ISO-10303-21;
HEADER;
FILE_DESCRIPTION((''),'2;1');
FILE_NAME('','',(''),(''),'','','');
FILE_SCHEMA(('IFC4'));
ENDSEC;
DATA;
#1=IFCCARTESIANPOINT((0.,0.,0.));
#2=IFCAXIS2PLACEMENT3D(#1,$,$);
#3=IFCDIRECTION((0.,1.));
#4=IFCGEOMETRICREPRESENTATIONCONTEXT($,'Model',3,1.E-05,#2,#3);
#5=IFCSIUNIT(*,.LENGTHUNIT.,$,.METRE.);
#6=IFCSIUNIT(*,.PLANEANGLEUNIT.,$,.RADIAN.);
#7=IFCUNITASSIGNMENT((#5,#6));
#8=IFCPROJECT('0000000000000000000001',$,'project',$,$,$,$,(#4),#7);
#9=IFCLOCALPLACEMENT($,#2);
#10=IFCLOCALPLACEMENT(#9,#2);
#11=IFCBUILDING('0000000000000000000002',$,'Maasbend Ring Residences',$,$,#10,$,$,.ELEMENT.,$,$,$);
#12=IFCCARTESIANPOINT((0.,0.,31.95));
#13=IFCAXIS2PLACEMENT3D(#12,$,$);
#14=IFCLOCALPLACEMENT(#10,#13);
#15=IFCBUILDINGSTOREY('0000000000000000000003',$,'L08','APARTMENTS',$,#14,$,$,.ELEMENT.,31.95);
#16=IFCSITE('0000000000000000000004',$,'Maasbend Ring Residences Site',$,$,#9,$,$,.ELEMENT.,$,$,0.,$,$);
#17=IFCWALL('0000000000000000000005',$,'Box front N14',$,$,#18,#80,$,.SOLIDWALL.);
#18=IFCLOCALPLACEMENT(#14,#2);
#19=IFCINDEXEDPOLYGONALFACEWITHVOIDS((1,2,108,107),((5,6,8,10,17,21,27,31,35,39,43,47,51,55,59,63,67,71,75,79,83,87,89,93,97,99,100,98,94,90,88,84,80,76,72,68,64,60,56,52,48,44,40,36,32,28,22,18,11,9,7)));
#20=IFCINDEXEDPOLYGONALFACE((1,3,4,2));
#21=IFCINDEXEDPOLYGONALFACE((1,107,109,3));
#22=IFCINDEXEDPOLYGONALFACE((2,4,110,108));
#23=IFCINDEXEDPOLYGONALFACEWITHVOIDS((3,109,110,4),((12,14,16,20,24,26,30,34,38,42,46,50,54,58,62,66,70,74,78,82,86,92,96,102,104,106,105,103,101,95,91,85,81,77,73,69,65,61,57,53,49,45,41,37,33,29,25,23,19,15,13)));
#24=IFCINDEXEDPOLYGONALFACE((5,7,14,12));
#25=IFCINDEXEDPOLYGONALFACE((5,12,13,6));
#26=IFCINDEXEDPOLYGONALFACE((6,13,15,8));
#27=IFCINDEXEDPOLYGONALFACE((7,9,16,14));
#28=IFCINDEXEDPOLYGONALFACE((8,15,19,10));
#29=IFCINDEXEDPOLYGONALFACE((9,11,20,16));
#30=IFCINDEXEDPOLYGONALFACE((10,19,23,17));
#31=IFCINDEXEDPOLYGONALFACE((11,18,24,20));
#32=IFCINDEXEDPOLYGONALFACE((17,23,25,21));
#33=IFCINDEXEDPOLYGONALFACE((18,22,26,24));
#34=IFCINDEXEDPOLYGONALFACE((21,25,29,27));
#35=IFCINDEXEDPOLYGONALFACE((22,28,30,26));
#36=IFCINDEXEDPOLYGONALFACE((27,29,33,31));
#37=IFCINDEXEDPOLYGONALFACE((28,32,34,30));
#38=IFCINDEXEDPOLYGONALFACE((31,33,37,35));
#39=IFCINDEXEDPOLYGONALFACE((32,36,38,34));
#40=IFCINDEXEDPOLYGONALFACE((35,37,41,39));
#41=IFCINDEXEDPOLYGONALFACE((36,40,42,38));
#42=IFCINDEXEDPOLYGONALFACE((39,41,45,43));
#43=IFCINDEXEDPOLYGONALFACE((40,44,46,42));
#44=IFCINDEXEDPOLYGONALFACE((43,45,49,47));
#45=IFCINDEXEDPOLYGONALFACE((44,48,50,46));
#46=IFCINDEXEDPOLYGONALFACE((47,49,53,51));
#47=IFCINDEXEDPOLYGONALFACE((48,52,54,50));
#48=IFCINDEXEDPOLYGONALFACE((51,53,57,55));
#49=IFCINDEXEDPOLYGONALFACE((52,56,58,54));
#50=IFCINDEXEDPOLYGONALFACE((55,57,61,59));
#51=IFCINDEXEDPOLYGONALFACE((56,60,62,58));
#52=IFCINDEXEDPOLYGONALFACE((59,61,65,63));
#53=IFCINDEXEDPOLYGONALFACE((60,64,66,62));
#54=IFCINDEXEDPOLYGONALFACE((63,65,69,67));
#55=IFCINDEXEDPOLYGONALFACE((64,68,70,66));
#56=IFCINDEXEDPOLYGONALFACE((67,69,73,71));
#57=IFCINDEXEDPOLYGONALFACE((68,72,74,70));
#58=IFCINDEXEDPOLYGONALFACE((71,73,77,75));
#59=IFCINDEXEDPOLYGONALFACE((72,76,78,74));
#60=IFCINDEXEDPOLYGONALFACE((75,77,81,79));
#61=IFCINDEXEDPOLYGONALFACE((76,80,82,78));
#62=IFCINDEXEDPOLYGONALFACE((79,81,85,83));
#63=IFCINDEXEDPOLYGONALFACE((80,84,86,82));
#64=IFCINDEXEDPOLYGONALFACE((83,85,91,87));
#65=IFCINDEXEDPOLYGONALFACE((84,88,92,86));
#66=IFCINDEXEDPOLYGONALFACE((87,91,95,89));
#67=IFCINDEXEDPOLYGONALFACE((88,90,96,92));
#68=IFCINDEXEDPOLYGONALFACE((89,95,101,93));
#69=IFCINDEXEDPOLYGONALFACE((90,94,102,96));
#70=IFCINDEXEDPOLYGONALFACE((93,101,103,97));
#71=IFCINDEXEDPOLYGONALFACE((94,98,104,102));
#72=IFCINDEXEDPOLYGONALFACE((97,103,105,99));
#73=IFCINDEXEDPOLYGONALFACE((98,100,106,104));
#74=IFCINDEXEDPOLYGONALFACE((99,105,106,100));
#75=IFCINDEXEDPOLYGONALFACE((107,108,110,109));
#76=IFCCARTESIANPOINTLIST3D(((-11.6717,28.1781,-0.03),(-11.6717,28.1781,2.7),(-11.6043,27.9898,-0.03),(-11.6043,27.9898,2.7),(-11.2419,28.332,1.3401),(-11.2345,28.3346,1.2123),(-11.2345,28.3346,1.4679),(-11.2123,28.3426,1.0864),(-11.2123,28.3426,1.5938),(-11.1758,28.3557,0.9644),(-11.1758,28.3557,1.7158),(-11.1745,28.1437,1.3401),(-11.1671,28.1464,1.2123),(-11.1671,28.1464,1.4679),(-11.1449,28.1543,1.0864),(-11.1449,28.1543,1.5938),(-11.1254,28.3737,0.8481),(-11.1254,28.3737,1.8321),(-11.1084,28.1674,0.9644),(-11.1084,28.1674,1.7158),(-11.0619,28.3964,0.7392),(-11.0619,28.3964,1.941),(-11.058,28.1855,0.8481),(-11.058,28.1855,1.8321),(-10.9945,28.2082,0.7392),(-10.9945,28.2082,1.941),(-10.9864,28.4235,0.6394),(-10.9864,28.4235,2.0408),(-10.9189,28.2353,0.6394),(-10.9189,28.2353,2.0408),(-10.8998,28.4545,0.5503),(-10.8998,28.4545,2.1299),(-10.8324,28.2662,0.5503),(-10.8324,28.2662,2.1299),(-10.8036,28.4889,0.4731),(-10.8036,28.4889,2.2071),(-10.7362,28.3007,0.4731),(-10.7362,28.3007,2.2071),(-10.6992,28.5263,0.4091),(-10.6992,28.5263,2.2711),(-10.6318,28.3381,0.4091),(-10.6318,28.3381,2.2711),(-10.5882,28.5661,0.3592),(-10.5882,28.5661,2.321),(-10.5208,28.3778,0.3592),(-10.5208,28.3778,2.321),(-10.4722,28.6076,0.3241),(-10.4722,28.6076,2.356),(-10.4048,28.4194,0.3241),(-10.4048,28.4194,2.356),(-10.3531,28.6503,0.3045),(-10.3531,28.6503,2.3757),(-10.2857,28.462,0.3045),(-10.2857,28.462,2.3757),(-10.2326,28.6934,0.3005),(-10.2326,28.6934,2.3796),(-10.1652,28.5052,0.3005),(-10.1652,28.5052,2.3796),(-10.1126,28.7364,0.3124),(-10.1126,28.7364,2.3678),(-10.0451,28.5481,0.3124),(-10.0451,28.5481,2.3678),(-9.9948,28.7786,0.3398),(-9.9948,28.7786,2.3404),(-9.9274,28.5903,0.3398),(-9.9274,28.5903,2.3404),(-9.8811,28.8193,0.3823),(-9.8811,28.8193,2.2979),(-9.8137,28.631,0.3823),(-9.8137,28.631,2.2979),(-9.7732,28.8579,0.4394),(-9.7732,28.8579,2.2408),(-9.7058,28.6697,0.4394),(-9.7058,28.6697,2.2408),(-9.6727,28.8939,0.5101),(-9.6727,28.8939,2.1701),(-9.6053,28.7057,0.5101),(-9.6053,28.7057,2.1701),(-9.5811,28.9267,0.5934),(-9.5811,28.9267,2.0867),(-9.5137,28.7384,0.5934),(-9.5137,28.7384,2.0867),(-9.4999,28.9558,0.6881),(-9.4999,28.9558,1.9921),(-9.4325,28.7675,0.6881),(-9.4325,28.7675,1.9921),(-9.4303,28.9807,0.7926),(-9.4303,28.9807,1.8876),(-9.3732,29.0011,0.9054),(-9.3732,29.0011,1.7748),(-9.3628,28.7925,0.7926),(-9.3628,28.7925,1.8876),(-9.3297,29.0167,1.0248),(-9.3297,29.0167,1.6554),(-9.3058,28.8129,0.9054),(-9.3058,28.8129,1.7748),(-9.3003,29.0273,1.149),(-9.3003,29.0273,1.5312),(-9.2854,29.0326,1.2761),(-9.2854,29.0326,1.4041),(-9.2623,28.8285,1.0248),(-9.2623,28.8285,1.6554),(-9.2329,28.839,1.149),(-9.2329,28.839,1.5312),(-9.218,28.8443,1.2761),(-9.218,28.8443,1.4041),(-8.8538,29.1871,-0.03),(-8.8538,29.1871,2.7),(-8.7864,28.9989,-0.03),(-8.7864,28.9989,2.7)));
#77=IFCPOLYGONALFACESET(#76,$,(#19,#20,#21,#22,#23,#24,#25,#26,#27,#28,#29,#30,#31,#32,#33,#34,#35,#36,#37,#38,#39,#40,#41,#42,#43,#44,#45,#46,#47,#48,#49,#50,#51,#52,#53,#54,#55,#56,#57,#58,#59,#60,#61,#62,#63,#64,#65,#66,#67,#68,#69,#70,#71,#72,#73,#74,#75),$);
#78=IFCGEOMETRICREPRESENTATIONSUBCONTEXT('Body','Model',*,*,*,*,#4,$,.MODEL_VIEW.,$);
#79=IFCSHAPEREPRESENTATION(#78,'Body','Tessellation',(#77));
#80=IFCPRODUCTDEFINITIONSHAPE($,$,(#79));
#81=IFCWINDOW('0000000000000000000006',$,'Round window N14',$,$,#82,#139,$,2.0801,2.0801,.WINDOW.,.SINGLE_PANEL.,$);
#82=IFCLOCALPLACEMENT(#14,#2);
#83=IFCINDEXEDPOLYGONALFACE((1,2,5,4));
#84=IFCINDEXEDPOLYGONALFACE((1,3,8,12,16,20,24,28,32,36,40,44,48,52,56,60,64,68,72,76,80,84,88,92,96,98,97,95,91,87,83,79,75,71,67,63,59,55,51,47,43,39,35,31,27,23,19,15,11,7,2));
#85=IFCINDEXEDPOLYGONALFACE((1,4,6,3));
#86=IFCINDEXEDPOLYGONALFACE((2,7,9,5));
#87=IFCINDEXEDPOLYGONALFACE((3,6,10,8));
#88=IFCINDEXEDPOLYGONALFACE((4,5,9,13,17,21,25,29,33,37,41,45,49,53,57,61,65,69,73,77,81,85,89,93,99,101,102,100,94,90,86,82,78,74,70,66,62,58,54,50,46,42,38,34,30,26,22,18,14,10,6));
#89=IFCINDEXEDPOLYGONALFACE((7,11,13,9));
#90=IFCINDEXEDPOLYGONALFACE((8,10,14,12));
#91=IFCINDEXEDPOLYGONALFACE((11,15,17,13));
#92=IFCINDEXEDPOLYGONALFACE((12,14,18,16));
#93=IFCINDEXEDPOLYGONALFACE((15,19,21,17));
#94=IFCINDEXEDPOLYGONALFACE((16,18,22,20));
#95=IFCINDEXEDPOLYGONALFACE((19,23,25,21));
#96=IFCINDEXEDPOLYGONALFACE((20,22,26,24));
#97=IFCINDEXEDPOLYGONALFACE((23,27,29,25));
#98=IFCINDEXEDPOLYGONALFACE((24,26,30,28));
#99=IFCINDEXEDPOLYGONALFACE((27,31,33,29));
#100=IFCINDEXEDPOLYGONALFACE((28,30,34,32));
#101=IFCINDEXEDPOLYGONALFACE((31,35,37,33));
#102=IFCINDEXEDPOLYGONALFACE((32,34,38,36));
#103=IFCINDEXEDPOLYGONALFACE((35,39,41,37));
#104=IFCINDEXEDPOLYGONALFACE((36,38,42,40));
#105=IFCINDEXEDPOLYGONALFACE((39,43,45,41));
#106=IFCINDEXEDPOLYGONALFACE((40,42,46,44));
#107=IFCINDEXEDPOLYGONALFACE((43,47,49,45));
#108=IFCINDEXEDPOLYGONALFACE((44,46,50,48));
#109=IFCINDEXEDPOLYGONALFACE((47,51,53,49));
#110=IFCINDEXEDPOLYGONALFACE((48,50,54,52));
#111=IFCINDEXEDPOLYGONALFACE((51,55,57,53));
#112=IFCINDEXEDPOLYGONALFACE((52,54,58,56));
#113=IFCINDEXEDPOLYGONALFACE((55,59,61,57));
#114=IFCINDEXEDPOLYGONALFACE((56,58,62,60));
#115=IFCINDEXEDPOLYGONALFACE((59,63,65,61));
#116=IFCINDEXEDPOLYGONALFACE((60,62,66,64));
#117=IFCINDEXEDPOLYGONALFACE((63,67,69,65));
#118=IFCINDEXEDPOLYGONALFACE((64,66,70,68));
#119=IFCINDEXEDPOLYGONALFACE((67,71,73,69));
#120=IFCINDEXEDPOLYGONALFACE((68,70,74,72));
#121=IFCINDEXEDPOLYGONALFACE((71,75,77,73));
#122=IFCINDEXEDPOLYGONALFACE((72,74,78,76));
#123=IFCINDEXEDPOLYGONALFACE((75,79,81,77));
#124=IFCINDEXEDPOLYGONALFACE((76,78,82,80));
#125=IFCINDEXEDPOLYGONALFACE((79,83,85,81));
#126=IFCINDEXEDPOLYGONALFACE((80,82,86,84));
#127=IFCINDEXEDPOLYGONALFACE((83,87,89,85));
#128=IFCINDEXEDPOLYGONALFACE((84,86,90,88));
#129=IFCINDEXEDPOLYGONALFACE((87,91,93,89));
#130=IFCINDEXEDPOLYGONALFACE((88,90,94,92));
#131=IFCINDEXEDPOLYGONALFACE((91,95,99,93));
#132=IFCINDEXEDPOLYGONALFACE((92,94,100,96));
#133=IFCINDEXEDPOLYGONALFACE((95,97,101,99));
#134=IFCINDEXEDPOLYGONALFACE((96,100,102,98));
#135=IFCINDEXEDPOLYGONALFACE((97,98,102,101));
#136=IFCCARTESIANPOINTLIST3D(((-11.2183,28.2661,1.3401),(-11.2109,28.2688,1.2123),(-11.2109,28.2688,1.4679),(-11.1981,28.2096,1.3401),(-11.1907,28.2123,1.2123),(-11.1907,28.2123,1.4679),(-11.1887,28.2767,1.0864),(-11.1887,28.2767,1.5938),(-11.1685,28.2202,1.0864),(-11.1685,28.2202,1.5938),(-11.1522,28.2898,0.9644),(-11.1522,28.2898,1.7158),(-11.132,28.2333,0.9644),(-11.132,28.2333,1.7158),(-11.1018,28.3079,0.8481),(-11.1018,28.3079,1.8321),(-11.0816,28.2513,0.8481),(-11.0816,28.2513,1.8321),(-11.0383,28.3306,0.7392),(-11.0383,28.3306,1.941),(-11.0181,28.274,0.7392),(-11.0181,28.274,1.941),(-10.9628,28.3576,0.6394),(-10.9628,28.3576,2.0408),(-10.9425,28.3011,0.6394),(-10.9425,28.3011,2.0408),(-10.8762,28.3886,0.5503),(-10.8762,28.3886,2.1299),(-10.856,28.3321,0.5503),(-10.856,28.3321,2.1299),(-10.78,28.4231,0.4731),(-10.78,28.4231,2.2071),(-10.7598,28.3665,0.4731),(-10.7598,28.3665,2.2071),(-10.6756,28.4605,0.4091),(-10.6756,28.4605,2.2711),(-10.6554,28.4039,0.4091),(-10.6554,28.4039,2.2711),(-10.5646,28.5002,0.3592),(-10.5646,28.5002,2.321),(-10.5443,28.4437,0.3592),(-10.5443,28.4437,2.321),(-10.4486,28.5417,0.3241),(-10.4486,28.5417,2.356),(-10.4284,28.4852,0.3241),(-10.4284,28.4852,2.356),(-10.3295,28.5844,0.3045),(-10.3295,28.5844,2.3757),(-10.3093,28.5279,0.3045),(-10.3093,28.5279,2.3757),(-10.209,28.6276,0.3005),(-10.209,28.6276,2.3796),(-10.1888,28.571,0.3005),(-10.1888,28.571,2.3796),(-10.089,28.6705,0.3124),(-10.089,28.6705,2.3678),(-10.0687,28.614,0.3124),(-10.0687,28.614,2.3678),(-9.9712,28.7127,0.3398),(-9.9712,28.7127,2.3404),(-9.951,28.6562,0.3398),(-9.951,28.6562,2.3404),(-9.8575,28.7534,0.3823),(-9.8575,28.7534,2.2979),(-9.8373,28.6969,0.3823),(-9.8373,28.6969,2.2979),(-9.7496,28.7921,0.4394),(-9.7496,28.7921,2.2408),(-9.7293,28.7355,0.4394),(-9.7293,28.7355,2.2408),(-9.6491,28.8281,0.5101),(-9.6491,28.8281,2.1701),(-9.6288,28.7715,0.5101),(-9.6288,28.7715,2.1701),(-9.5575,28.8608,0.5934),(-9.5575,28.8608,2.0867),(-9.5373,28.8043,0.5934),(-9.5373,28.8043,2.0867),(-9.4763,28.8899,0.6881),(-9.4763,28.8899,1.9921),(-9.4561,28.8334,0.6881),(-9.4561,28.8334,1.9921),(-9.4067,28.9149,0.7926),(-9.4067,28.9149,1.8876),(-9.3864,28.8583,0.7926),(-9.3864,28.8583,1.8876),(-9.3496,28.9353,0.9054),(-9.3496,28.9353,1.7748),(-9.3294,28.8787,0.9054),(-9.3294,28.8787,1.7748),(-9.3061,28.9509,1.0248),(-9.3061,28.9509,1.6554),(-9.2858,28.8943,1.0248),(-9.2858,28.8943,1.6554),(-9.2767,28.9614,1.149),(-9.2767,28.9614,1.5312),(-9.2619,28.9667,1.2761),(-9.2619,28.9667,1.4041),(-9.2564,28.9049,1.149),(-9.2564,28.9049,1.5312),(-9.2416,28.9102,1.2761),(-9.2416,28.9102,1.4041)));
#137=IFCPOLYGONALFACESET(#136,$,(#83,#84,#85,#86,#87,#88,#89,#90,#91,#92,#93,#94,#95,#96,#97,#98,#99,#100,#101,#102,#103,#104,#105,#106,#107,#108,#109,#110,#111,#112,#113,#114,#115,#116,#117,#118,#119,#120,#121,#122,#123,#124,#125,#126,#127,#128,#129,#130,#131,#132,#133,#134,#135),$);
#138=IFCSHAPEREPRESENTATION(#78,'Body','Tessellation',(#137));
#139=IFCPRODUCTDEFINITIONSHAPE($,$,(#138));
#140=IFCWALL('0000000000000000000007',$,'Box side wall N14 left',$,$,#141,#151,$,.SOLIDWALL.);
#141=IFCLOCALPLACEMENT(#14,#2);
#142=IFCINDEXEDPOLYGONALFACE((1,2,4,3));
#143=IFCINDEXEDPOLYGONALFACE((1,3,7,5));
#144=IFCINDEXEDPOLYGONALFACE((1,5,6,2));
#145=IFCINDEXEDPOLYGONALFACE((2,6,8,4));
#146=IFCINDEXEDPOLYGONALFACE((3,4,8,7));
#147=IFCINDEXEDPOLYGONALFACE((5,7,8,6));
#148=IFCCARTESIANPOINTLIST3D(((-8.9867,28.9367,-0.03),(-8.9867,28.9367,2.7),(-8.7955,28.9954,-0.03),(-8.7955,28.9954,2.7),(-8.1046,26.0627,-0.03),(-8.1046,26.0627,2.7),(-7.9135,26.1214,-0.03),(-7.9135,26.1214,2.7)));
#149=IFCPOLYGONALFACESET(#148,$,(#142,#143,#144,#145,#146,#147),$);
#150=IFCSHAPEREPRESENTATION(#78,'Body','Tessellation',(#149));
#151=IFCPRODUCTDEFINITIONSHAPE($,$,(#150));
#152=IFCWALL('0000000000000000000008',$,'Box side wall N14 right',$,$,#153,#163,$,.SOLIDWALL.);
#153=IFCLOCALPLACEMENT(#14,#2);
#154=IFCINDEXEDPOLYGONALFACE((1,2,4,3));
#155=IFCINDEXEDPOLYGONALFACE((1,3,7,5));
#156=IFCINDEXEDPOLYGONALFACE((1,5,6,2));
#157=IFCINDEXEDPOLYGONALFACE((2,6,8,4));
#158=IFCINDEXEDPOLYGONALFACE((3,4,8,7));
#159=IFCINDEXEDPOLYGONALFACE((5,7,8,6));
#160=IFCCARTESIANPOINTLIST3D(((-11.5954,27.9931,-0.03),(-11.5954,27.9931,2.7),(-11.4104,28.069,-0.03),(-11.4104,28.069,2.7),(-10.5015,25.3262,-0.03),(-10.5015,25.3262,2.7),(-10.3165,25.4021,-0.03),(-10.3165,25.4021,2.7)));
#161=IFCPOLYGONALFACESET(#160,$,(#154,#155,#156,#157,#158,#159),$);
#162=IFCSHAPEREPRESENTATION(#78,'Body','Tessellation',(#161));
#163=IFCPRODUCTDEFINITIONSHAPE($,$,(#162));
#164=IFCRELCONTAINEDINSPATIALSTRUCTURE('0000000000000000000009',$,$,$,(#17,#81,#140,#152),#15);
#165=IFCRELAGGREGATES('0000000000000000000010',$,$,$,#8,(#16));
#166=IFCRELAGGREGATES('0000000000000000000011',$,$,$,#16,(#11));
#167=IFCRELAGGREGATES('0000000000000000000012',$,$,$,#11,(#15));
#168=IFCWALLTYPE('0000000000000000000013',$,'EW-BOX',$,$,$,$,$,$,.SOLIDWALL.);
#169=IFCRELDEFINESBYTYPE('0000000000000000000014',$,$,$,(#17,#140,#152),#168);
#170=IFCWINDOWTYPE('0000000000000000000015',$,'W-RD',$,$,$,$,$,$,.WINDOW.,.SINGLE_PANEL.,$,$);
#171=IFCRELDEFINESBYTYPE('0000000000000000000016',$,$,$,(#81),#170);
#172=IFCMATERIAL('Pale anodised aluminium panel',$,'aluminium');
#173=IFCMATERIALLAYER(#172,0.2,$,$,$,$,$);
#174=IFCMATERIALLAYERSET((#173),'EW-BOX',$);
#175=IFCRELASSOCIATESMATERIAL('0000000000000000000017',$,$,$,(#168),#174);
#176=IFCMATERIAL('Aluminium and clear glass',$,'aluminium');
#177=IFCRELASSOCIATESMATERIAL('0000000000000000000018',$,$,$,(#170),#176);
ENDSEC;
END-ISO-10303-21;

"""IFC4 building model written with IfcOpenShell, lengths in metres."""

from ifc_helpers import new_model, si_unit, direction, frame, frame_2d, origin, place, context, subcontext, project, spatial, rectangle, circle, extrude, material, layer, layer_set, type_object, element, fill, save


model = new_model("IFC4")

# Units and contexts
model_context = context("Model", 3, precision=1e-05, world=origin(), true_north=direction((0.0, 1.0)))
body_context = subcontext(model_context, "Body", "Model", "MODEL_VIEW")
ifc_project = project(units=[si_unit("LENGTHUNIT", "METRE"), si_unit("PLANEANGLEUNIT", "RADIAN")], contexts=[model_context])

# Site, building, storey
site_placement = place(None, origin())
site = spatial("IfcSite", under=ifc_project, at=site_placement, Name="Maasbend Ring Residences Site", CompositionType="ELEMENT", RefElevation=0.0)
building_placement = place(site_placement, origin())
building = spatial("IfcBuilding", under=site, at=building_placement, Name="Maasbend Ring Residences", CompositionType="ELEMENT")
storey_placement = place(building_placement, frame((0.0, 0.0, 31.95)))
storey = spatial("IfcBuildingStorey", under=building, at=storey_placement, Name="L08", Description="APARTMENTS", CompositionType="ELEMENT", Elevation=31.95)

# Shared definitions
ifc_material_1 = material(Name="Pale anodised aluminium panel", Category="aluminium")
ifc_layer_1 = layer(ifc_material_1, 0.2)
ifc_layer_set_1 = layer_set([ifc_layer_1], Name="EW-BOX")
wall_type_1 = type_object("IfcWallType", Name="EW-BOX", PredefinedType="SOLIDWALL", material=ifc_layer_set_1)
ifc_material_2 = material(Name="Aluminium and clear glass", Category="aluminium")
window_type_1 = type_object("IfcWindowType", Name="W-RD", PartitioningType="SINGLE_PANEL", PredefinedType="WINDOW", material=ifc_material_2)

# Wall, opening, window
wall_1_placement = place(storey_placement, frame((-8.8201, 29.093, -0.03), z_axis=(0.0, 0.0, 1.0), x_axis=(-0.941461, -0.337122, 0.0)))
wall_1 = element("IfcWall", 1, at=wall_1_placement, inside=storey, type_object=wall_type_1, Name="Box front N14", PredefinedType="SOLIDWALL", context=body_context, shape_type="SweptSolid", body=[
    extrude(rectangle(XDim=2.9932, YDim=0.2, at=frame_2d((1.4966, 0.0))), origin(), (0.0, 0.0, 1.0), 2.73),
])
opening_1_placement = place(wall_1_placement, frame((0.4565, 0.0, 0.3301)))
opening_1 = element("IfcOpeningElement", 2, at=opening_1_placement, cuts=wall_1, PredefinedType="OPENING", context=body_context, shape_type="SweptSolid", body=[
    extrude(circle(Radius=1.04, at=frame_2d((1.04, 1.04))), frame((0.0, 0.1099, 0.0), z_axis=(0.0, -1.0, 0.0), x_axis=(1.0, 0.0, 0.0)), (0.0, 0.0, 1.0), 0.22),
])
window_1_placement = place(opening_1_placement, origin())
window_1 = element("IfcWindow", 3, at=window_1_placement, inside=storey, type_object=window_type_1, Name="Round window N14", OverallHeight=2.0801, OverallWidth=2.0801, PartitioningType="SINGLE_PANEL", PredefinedType="WINDOW", context=body_context, shape_type="SweptSolid", body=[
    extrude(circle(Radius=1.04, at=frame_2d((1.04, 1.04))), frame((0.0, 0.03, 0.0), z_axis=(0.0, -1.0, 0.0), x_axis=(1.0, 0.0, 0.0)), (0.0, 0.0, 1.0), 0.0601),
])
fill(opening_1, window_1)

# Walls
wall_2_placement = place(storey_placement, frame((-8.009, 26.092, -0.03), z_axis=(0.0, 0.0, 1.0), x_axis=(-0.293407, 0.955988, 0.0)))
element("IfcWall", 4, at=wall_2_placement, inside=storey, type_object=wall_type_1, Name="Box side wall N14 left", PredefinedType="SOLIDWALL", context=body_context, shape_type="SweptSolid", body=[
    extrude(rectangle(XDim=3.0063, YDim=0.2, at=frame_2d((1.5032, 0.0))), origin(), (0.0, 0.0, 1.0), 2.73),
])
wall_3_placement = place(storey_placement, frame((-10.4089, 25.364, -0.03), z_axis=(0.0, 0.0, 1.0), x_axis=(-0.37951, 0.925188, 0.0)))
element("IfcWall", 5, at=wall_3_placement, inside=storey, type_object=wall_type_1, Name="Box side wall N14 right", PredefinedType="SOLIDWALL", context=body_context, shape_type="SweptSolid", body=[
    extrude(rectangle(XDim=2.8826, YDim=0.2, at=frame_2d((1.4414, 0.0))), origin(), (0.0, 0.0, 1.0), 2.73),
])

save(model, "model.ifc")
